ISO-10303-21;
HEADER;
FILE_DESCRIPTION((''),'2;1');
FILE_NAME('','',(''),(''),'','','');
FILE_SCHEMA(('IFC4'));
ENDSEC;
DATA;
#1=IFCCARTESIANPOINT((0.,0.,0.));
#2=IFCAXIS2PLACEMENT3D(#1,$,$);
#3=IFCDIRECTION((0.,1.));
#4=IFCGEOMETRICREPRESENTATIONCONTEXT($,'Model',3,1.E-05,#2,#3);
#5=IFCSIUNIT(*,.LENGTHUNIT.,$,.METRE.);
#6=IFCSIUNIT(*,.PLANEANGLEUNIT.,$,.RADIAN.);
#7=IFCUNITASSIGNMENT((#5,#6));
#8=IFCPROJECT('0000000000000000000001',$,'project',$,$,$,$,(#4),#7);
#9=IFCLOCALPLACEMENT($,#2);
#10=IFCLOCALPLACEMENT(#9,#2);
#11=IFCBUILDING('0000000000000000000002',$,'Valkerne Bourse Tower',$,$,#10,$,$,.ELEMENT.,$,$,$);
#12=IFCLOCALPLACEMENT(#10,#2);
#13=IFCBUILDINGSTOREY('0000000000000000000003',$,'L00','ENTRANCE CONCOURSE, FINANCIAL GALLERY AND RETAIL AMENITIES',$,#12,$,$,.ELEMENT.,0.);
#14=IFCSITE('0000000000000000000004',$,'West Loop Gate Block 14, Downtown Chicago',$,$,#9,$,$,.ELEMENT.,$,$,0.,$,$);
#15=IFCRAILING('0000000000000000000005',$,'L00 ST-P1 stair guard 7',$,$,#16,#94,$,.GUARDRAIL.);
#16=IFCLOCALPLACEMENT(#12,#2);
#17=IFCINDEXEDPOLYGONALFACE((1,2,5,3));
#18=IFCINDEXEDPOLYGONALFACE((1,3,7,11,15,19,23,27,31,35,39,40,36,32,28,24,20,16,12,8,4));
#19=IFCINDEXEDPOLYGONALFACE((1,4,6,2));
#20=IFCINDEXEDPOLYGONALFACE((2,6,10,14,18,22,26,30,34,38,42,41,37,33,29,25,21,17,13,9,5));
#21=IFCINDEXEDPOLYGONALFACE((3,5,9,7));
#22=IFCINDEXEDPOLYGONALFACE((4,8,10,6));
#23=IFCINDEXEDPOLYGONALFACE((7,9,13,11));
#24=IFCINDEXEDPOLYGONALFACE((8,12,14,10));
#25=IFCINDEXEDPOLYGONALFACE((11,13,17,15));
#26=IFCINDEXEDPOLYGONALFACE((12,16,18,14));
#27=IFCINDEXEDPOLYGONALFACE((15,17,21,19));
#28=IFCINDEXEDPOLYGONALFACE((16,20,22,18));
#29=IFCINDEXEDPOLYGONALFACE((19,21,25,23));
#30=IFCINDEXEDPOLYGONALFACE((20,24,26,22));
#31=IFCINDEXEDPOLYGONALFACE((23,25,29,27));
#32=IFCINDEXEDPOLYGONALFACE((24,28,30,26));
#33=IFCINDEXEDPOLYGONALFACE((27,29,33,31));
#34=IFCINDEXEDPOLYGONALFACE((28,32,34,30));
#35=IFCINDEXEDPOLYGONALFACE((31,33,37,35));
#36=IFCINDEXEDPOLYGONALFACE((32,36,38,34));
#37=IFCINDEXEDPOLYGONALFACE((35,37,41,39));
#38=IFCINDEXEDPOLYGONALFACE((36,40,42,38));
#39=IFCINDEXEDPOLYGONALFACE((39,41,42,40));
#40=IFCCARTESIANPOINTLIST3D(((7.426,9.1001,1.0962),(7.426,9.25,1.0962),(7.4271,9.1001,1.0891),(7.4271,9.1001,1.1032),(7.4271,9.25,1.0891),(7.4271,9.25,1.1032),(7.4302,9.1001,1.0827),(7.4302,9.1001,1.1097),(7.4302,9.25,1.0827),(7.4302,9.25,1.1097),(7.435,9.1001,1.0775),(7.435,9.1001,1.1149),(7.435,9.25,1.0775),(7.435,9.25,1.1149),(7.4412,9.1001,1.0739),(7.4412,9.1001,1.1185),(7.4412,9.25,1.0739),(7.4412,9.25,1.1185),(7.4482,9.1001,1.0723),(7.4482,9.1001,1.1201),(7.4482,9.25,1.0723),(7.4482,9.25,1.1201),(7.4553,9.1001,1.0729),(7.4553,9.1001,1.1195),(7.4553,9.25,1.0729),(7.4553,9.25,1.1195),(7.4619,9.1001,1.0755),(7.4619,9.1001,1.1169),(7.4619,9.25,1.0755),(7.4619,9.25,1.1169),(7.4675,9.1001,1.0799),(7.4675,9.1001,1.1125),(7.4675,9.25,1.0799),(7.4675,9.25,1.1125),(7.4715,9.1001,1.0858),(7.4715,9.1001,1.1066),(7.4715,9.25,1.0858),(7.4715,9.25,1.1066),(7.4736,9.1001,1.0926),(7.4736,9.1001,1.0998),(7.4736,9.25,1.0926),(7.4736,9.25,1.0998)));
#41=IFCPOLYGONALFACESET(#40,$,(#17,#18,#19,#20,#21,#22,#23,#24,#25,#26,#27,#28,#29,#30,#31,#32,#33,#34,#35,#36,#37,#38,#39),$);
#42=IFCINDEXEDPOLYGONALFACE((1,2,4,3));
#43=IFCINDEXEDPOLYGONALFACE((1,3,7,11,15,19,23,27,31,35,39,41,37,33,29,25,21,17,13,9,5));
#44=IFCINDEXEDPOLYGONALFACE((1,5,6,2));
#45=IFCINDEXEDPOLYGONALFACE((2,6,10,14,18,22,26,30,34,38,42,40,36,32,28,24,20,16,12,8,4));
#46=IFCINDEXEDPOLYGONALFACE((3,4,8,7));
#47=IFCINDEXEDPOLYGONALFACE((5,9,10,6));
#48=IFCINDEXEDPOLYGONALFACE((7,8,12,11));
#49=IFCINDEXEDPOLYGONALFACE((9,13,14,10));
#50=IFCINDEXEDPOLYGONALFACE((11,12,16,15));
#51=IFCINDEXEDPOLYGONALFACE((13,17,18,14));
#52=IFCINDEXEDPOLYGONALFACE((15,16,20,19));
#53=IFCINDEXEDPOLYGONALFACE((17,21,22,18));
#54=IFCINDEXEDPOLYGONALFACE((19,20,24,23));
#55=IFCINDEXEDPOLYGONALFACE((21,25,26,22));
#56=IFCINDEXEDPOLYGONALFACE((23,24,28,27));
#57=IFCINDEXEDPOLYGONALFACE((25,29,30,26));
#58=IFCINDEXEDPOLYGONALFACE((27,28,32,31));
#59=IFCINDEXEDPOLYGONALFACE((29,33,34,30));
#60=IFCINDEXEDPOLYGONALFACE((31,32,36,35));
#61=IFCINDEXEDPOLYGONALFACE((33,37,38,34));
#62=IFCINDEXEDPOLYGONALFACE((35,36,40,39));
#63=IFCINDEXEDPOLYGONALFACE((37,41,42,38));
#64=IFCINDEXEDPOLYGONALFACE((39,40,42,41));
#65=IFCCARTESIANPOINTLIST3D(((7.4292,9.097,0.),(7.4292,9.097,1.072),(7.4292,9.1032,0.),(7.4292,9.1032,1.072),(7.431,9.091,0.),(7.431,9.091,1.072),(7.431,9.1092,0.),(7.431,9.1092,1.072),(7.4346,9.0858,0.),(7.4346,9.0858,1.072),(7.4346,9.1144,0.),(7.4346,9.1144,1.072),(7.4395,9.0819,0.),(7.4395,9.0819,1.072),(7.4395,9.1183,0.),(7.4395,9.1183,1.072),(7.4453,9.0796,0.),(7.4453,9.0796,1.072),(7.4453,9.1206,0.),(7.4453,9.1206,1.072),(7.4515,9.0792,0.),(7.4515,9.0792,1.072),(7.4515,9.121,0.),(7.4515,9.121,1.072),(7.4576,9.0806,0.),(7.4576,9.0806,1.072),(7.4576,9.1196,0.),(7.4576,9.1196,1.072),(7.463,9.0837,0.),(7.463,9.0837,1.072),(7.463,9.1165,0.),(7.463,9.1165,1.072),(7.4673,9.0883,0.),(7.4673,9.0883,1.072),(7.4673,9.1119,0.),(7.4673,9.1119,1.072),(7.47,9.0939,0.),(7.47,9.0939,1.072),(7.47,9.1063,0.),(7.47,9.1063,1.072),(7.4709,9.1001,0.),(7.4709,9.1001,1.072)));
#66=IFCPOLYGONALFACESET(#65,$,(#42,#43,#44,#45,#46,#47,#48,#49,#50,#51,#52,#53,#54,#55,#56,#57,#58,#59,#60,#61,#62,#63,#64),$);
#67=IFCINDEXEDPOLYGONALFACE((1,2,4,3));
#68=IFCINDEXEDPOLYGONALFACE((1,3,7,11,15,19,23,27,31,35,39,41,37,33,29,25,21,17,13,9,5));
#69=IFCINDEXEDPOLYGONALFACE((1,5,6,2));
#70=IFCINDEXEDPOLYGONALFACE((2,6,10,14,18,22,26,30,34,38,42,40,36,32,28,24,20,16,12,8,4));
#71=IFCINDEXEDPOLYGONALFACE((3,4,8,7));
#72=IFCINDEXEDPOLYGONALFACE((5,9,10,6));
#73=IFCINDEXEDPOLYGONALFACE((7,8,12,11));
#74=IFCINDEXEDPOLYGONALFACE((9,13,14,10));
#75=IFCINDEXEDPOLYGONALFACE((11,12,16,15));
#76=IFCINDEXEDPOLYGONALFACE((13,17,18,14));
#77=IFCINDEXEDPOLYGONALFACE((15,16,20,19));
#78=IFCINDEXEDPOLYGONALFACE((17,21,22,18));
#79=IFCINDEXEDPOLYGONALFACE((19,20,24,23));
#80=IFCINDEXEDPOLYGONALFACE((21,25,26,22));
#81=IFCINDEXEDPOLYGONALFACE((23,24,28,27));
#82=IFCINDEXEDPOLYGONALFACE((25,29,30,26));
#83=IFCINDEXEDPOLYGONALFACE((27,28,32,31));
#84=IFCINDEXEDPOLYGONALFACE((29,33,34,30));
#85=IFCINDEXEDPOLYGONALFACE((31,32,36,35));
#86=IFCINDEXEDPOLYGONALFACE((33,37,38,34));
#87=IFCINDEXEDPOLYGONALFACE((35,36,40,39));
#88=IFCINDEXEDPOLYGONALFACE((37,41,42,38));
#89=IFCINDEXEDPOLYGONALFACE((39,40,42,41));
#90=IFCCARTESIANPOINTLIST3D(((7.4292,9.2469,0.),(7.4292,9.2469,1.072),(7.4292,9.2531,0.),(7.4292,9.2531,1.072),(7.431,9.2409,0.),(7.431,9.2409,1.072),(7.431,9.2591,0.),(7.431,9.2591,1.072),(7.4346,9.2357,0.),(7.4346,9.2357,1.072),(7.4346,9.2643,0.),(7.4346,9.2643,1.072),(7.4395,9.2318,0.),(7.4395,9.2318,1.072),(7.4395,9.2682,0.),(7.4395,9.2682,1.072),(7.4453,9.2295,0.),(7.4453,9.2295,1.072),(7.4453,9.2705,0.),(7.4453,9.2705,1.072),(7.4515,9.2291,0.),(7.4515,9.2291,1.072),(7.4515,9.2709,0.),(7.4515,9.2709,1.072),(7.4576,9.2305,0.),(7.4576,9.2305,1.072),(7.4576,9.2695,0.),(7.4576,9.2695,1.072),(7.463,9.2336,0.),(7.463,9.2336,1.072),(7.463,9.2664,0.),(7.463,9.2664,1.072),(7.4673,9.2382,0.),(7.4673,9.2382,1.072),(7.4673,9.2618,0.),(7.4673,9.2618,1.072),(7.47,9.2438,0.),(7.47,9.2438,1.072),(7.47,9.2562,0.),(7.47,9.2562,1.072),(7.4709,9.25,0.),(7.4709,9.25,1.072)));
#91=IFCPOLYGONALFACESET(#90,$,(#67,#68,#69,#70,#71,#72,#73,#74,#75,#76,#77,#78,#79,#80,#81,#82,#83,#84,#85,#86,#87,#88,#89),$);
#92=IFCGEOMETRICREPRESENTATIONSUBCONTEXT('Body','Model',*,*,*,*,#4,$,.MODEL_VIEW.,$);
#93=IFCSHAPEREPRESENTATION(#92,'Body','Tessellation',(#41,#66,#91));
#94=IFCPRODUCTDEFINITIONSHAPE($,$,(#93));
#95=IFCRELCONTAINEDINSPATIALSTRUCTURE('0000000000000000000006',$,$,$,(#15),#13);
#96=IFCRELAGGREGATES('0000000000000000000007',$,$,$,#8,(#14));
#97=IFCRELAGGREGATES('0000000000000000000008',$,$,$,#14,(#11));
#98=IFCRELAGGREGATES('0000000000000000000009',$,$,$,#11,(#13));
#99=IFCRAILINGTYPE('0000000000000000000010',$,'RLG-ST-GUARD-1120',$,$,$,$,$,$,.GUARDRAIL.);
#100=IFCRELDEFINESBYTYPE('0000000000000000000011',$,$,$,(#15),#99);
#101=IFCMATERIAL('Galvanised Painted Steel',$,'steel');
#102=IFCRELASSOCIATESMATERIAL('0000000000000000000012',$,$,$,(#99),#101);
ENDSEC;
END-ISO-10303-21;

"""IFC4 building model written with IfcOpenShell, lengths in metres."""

from ifc_helpers import new_model, si_unit, direction, frame, origin, origin_2d, place, context, subcontext, project, spatial, circle, extrude, material, type_object, element, save


model = new_model("IFC4")

# Units and contexts
model_context = context("Model", 3, precision=1e-05, world=origin(), true_north=direction((0.0, 1.0)))
body_context = subcontext(model_context, "Body", "Model", "MODEL_VIEW")
ifc_project = project(units=[si_unit("LENGTHUNIT", "METRE"), si_unit("PLANEANGLEUNIT", "RADIAN")], contexts=[model_context])

# Site, building, storey
site_placement = place(None, origin())
site = spatial("IfcSite", under=ifc_project, at=site_placement, Name="West Loop Gate Block 14, Downtown Chicago", CompositionType="ELEMENT", RefElevation=0.0)
building_placement = place(site_placement, origin())
building = spatial("IfcBuilding", under=site, at=building_placement, Name="Valkerne Bourse Tower", CompositionType="ELEMENT")
storey_placement = place(building_placement, origin())
storey = spatial("IfcBuildingStorey", under=building, at=storey_placement, Name="L00", Description="ENTRANCE CONCOURSE, FINANCIAL GALLERY AND RETAIL AMENITIES", CompositionType="ELEMENT", Elevation=0.0)

# Shared definitions
ifc_material_1 = material(Name="Galvanised Painted Steel", Category="steel")

# Railing
railing_type_1 = type_object("IfcRailingType", Name="RLG-ST-GUARD-1120", PredefinedType="GUARDRAIL", material=ifc_material_1)
railing_1_placement = place(storey_placement, frame((7.45, 9.1001, 0.0)))
element("IfcRailing", 1, at=railing_1_placement, inside=storey, type_object=railing_type_1, Name="L00 ST-P1 stair guard 7", PredefinedType="GUARDRAIL", context=body_context, shape_type="SweptSolid", body=[
    extrude(circle(Radius=0.0239, at=origin_2d()), frame((0.0, 0.0, 1.0962), z_axis=(0.0, 1.0, 0.0), x_axis=(-1.0, 0.0, 0.0)), (0.0, 0.0, 1.0), 0.1499),
    extrude(circle(Radius=0.021, at=origin_2d()), origin(), (0.0, 0.0, 1.0), 1.072),
    extrude(circle(Radius=0.021, at=origin_2d()), frame((0.0, 0.1499, 0.0)), (0.0, 0.0, 1.0), 1.072),
])

save(model, "model.ifc")
